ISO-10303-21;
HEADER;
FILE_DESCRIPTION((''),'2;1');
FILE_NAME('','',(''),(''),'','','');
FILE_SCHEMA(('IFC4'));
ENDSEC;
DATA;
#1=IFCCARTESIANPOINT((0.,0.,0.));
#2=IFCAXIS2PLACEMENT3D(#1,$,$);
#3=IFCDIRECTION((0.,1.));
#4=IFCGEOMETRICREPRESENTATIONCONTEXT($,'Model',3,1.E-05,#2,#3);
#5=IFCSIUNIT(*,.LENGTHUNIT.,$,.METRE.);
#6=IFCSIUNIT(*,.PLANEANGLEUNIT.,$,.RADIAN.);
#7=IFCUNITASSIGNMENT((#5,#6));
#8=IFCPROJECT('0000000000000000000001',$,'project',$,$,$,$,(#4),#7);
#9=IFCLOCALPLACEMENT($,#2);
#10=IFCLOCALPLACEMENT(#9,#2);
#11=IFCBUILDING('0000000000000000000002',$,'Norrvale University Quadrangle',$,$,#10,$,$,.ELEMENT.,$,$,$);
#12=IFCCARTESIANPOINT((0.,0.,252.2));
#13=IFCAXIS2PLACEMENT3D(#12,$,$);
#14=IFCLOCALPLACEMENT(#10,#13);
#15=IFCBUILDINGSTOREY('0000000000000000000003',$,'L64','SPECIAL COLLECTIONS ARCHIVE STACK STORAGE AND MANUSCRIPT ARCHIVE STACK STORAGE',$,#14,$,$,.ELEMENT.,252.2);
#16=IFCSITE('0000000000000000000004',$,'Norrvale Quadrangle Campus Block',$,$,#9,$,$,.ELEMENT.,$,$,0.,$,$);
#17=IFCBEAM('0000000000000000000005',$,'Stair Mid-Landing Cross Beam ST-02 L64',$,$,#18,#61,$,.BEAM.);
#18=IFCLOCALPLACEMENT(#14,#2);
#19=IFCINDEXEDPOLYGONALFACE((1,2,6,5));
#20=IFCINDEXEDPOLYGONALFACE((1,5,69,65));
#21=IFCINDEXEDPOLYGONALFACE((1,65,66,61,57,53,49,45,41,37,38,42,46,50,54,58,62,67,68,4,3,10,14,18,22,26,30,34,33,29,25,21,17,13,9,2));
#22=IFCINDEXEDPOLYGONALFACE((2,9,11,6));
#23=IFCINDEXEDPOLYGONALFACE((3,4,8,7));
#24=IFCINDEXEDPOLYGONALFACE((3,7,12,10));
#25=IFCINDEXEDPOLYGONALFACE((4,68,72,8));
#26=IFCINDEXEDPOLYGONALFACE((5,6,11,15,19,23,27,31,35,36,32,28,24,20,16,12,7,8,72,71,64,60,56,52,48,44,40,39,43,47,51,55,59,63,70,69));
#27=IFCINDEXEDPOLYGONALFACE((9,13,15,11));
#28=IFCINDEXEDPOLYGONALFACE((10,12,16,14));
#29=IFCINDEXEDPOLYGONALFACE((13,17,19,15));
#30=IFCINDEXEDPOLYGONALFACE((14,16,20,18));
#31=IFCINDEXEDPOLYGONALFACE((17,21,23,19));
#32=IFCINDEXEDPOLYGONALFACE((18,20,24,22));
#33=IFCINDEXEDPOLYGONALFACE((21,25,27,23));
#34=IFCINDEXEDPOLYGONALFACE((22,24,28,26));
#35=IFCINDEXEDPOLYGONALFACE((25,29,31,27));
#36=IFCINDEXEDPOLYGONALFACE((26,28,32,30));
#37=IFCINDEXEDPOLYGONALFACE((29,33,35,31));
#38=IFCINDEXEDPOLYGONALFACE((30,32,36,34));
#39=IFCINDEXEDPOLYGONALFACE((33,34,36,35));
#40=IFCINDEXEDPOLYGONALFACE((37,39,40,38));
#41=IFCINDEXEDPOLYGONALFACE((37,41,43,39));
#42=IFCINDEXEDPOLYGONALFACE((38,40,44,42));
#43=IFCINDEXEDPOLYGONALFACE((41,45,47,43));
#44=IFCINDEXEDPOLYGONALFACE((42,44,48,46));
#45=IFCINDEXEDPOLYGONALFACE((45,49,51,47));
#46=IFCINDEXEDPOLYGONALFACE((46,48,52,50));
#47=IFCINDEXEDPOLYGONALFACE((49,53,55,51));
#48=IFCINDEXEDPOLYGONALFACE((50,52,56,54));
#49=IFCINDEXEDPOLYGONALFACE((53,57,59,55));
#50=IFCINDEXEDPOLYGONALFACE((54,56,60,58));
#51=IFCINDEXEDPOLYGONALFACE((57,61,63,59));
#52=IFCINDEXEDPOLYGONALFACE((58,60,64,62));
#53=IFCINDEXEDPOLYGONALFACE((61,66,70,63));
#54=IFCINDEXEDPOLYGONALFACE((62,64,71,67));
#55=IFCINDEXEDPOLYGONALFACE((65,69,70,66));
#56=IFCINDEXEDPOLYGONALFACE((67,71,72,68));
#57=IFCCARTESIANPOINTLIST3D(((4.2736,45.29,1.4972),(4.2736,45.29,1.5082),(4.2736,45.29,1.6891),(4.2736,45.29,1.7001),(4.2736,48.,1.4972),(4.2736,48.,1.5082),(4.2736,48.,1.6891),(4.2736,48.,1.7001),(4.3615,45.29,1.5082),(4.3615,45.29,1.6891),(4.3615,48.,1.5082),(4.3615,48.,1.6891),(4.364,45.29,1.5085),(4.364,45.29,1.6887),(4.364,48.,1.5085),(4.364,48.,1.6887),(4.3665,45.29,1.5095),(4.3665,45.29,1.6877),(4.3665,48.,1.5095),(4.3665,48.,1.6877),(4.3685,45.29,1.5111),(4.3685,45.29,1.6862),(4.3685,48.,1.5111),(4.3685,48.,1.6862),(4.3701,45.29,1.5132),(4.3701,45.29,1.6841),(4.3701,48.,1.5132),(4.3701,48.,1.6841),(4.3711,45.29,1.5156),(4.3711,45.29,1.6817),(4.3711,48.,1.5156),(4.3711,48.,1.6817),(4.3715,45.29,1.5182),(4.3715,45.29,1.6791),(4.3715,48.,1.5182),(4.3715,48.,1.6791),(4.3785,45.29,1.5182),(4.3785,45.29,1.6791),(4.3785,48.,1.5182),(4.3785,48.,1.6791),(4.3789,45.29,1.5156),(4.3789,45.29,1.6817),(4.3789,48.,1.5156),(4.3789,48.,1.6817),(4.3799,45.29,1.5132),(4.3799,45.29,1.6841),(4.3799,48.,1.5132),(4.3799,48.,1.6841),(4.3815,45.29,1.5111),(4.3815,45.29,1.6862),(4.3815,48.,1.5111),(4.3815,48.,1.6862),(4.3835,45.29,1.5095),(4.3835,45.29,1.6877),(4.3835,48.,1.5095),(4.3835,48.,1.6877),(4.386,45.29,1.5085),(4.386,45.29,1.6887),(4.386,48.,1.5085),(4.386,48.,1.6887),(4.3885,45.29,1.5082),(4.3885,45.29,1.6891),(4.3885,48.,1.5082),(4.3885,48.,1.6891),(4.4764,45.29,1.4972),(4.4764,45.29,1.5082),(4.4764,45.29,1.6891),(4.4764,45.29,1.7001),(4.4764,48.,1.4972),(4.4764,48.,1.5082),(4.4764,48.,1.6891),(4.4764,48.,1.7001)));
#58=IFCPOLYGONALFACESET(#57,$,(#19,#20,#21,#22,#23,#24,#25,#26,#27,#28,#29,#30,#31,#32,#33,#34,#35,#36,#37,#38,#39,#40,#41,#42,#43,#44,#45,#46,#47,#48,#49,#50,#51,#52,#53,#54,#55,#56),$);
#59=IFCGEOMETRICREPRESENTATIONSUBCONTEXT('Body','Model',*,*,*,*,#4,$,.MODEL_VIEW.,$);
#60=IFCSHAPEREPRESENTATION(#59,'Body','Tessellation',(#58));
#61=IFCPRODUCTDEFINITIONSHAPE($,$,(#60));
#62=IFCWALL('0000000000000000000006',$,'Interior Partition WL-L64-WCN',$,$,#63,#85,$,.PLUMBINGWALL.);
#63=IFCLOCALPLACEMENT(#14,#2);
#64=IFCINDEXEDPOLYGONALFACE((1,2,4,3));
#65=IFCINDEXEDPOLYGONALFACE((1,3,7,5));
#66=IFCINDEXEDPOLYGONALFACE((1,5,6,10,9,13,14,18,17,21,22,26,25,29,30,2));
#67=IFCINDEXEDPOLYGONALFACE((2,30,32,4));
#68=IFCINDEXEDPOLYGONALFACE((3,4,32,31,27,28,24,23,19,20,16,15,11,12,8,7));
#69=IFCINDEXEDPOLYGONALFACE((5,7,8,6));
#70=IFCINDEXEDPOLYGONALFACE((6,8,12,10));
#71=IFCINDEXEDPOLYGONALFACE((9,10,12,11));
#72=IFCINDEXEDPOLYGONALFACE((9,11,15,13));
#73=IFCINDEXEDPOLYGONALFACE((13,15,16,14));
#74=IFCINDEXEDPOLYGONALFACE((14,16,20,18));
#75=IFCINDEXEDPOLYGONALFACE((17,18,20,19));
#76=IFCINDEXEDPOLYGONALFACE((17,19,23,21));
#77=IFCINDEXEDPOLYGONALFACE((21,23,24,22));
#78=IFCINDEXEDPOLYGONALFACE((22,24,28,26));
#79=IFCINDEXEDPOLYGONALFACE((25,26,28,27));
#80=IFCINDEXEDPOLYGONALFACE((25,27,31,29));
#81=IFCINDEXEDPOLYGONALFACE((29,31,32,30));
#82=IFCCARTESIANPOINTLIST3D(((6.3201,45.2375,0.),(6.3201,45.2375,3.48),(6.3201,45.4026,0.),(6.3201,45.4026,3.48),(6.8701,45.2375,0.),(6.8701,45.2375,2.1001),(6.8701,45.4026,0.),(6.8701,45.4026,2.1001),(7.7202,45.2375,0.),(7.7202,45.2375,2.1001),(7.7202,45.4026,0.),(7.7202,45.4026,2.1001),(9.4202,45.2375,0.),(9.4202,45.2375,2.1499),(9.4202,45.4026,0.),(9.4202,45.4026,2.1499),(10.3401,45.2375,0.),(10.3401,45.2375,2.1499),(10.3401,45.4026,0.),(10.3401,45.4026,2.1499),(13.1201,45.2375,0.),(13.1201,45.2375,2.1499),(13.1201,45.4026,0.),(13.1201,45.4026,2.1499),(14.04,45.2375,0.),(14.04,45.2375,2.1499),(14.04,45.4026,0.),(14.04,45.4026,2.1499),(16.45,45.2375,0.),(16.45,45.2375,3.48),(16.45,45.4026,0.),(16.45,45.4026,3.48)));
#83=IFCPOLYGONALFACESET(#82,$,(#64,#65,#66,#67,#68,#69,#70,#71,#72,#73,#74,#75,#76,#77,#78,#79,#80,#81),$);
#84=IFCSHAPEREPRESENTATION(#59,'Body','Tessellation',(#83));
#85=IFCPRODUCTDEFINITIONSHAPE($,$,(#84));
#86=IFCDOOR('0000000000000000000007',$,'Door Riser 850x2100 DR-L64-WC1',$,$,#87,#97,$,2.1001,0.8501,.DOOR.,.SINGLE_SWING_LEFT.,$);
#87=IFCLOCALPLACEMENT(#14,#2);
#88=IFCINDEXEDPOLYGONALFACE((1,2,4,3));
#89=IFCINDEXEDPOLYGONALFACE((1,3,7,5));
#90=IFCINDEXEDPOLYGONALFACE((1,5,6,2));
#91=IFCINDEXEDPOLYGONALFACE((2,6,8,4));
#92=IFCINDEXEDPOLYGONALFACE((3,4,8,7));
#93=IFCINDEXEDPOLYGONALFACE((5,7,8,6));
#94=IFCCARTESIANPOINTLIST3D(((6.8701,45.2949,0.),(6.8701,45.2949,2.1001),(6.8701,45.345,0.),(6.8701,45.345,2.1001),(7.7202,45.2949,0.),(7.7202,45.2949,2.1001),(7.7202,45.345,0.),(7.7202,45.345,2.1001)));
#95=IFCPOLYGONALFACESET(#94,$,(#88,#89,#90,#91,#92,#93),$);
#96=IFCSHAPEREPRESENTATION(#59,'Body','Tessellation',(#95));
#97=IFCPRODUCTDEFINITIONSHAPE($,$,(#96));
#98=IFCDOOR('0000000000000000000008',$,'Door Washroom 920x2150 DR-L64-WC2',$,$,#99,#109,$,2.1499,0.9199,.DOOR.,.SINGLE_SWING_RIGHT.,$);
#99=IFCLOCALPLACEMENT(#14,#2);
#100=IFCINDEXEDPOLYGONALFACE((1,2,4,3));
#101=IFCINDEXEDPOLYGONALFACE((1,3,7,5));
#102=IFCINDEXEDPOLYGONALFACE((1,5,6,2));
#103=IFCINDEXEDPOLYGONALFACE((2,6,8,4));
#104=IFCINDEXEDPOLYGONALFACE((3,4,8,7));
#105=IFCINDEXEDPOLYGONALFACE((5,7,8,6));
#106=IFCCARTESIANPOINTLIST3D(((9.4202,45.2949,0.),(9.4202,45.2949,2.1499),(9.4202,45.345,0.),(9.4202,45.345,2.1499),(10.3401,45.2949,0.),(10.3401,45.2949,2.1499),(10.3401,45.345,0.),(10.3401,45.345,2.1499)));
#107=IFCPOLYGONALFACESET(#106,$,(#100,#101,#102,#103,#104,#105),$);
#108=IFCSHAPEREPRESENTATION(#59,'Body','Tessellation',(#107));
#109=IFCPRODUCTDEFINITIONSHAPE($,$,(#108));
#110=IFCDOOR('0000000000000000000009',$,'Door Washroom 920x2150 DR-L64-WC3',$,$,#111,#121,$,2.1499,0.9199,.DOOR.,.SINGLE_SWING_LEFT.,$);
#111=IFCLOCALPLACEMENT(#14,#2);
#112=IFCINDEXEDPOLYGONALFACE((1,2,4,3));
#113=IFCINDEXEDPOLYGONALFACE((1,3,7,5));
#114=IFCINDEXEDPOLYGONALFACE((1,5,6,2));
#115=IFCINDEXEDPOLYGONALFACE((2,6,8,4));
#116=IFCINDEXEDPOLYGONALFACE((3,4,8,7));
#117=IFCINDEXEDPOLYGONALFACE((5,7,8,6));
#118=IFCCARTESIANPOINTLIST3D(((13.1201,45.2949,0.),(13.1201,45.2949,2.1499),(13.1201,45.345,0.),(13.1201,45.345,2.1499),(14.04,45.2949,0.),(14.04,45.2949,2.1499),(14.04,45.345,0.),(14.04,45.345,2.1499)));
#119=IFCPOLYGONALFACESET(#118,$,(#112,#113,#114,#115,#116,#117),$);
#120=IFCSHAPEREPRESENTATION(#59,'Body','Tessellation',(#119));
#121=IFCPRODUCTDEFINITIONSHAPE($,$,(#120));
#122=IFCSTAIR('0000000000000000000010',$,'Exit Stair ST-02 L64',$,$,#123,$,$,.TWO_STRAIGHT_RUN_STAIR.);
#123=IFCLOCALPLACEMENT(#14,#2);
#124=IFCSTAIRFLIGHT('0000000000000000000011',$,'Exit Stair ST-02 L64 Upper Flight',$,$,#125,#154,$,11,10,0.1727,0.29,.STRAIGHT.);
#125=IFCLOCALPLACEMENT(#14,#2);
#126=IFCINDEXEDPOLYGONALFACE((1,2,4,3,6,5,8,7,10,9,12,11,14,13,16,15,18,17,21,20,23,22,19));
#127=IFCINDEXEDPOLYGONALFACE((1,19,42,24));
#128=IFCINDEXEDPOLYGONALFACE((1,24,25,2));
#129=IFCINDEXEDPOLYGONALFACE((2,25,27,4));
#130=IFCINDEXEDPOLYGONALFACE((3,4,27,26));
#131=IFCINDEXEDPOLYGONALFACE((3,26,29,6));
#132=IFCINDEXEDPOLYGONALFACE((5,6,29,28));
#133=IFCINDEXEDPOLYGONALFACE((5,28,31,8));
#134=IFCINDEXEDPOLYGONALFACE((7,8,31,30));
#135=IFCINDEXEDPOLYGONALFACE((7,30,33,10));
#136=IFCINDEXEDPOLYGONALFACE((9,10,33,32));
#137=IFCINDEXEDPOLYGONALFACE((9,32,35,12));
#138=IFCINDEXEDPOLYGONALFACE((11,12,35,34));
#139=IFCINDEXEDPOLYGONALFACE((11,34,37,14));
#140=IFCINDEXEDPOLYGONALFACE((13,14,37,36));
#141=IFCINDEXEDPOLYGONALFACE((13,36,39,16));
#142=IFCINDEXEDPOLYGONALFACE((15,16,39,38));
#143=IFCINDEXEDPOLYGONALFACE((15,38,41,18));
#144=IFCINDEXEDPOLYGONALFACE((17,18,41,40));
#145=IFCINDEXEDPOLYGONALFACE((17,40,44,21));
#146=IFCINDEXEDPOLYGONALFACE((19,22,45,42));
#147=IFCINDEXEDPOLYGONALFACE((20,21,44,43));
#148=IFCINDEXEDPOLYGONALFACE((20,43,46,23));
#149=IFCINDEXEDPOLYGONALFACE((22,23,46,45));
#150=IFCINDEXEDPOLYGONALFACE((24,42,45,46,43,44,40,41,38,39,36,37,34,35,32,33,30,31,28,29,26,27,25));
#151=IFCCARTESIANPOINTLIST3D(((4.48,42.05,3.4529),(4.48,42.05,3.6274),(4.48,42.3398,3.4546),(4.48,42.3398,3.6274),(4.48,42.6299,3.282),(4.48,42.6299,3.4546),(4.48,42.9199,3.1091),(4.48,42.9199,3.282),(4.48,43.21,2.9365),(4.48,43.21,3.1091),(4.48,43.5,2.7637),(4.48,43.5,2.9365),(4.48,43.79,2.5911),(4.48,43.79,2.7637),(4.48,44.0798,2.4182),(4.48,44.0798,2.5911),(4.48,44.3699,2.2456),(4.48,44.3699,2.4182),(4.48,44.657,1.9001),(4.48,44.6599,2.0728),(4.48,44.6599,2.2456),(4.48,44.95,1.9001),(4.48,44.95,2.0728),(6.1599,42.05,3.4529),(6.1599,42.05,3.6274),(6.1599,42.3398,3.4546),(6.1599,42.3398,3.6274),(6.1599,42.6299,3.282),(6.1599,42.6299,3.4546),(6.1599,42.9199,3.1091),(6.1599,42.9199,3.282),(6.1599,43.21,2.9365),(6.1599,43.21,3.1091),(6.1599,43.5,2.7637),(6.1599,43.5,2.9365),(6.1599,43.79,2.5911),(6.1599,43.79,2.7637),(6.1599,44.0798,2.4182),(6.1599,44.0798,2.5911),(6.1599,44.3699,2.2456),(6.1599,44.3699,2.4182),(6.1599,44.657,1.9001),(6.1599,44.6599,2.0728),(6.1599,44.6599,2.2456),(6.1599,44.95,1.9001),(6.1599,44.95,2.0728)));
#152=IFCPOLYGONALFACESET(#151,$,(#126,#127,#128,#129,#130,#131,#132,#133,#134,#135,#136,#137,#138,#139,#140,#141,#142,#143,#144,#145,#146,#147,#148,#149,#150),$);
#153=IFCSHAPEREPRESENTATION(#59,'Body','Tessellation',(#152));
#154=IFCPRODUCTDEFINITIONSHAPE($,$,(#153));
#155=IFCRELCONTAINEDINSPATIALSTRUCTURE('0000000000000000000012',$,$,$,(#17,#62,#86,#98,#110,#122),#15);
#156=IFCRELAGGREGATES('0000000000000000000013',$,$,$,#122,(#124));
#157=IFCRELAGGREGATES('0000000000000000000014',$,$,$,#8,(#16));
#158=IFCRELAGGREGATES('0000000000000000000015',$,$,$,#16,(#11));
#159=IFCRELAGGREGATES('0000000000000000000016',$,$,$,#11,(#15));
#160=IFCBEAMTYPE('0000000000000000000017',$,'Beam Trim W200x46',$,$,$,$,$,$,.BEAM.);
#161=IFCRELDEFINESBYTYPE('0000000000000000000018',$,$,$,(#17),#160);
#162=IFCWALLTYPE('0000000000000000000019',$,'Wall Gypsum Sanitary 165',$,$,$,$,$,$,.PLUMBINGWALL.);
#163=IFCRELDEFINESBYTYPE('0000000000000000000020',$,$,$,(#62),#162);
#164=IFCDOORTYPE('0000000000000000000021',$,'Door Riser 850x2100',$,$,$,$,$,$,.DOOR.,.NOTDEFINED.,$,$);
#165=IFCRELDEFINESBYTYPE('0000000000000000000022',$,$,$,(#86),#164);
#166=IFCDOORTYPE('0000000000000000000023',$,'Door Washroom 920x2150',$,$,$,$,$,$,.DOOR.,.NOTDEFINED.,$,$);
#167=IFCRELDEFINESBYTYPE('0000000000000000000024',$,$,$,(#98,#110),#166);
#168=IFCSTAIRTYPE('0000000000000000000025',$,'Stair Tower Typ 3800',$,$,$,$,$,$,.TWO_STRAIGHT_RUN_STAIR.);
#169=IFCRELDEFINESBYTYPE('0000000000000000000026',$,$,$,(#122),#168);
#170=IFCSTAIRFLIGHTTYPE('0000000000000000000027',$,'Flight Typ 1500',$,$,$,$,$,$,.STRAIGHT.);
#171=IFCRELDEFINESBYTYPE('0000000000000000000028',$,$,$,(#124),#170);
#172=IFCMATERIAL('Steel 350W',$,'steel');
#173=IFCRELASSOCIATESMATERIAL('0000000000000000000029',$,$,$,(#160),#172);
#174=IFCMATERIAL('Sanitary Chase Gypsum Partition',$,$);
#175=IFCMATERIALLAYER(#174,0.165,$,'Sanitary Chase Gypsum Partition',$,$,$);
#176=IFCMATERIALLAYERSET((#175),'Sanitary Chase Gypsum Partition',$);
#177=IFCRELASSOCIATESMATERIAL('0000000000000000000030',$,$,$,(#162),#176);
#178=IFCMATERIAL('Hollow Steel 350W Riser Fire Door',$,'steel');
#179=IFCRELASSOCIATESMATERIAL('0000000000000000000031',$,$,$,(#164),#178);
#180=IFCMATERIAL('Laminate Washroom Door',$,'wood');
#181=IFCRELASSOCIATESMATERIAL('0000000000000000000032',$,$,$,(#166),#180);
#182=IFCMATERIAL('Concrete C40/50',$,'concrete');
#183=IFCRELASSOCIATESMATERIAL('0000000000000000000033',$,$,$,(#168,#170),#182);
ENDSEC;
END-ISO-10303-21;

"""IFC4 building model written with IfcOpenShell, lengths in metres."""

from ifc_helpers import new_model, si_unit, direction, frame, frame_2d, origin, origin_2d, place, context, subcontext, project, spatial, polyline, rectangle, i_section, outline, extrude, material, layer, layer_set, material_profile, profile_set, type_object, element, fill, aggregate, save


model = new_model("IFC4")

# Units and contexts
model_context = context("Model", 3, precision=1e-05, world=origin(), true_north=direction((0.0, 1.0)))
body_context = subcontext(model_context, "Body", "Model", "MODEL_VIEW")
ifc_project = project(units=[si_unit("LENGTHUNIT", "METRE"), si_unit("PLANEANGLEUNIT", "RADIAN")], contexts=[model_context])

# Site, building, storey
site_placement = place(None, origin())
site = spatial("IfcSite", under=ifc_project, at=site_placement, Name="Norrvale Quadrangle Campus Block", CompositionType="ELEMENT", RefElevation=0.0)
building_placement = place(site_placement, origin())
building = spatial("IfcBuilding", under=site, at=building_placement, Name="Norrvale University Quadrangle", CompositionType="ELEMENT")
storey_placement = place(building_placement, frame((0.0, 0.0, 252.2)))
storey = spatial("IfcBuildingStorey", under=building, at=storey_placement, Name="L64", Description="SPECIAL COLLECTIONS ARCHIVE STACK STORAGE AND MANUSCRIPT ARCHIVE STACK STORAGE", CompositionType="ELEMENT", Elevation=252.2)

# Beam
ifc_material_1 = material(Name="Steel 350W", Category="steel")
ifc_material_profile_1 = material_profile(ifc_material_1, i_section(OverallWidth=0.2029, OverallDepth=0.2029, WebThickness=0.0071, FlangeThickness=0.011, FilletRadius=0.01, at=origin_2d()), Name="Steel 350W")
ifc_profile_set_1 = profile_set([ifc_material_profile_1], Name="Steel 350W")
beam_type_1 = type_object("IfcBeamType", Name="Beam Trim W200x46", PredefinedType="BEAM", material=ifc_profile_set_1)
beam_1_placement = place(storey_placement, frame((4.375, 45.29, 1.5986), z_axis=(0.0, 1.0, 0.0), x_axis=(-1.0, 0.0, 0.0)))
element("IfcBeam", 1, at=beam_1_placement, inside=storey, type_object=beam_type_1, Name="Stair Mid-Landing Cross Beam ST-02 L64", PredefinedType="BEAM", context=body_context, shape_type="SweptSolid", body=[
    extrude(i_section(OverallWidth=0.2029, OverallDepth=0.2029, WebThickness=0.0071, FlangeThickness=0.011, FilletRadius=0.01, at=origin_2d()), origin(), (0.0, 0.0, 1.0), 2.71),
])

# Wall, openings, doors
ifc_material_2 = material(Name="Sanitary Chase Gypsum Partition")
ifc_layer = layer(ifc_material_2, 0.165, Name="Sanitary Chase Gypsum Partition")
ifc_layer_set = layer_set([ifc_layer], Name="Sanitary Chase Gypsum Partition")
wall_type = type_object("IfcWallType", Name="Wall Gypsum Sanitary 165", PredefinedType="PLUMBINGWALL", material=ifc_layer_set)
wall_placement = place(storey_placement, frame((6.3201, 45.3201, 0.0), z_axis=(0.0, 0.0, 1.0), x_axis=(1.0, 0.0, 0.0)))
wall = element("IfcWall", 2, at=wall_placement, inside=storey, type_object=wall_type, Name="Interior Partition WL-L64-WCN", PredefinedType="PLUMBINGWALL", context=body_context, shape_type="SweptSolid", body=[
    extrude(rectangle(XDim=10.1299, YDim=0.165, at=frame_2d((5.0649, 0.0))), origin(), (0.0, 0.0, 1.0), 3.48),
])
opening_1_placement = place(wall_placement, frame((0.55, 0.0, 0.0)))
opening_1 = element("IfcOpeningElement", 3, at=opening_1_placement, cuts=wall, PredefinedType="OPENING", context=body_context, shape_type="SweptSolid", body=[
    extrude(rectangle(XDim=0.8501, YDim=2.1001, at=frame_2d((0.425, 1.05))), frame((0.0, 0.0945, 0.0), z_axis=(0.0, -1.0, 0.0), x_axis=(1.0, 0.0, 0.0)), (0.0, 0.0, 1.0), 0.189),
])
opening_2_placement = place(wall_placement, frame((3.1001, 0.0, 0.0)))
opening_2 = element("IfcOpeningElement", 4, at=opening_2_placement, cuts=wall, PredefinedType="OPENING", context=body_context, shape_type="SweptSolid", body=[
    extrude(rectangle(XDim=0.9199, YDim=2.1499, at=frame_2d((0.46, 1.075))), frame((0.0, 0.0945, 0.0), z_axis=(0.0, -1.0, 0.0), x_axis=(1.0, 0.0, 0.0)), (0.0, 0.0, 1.0), 0.189),
])
opening_3_placement = place(wall_placement, frame((6.8, 0.0, 0.0)))
opening_3 = element("IfcOpeningElement", 5, at=opening_3_placement, cuts=wall, PredefinedType="OPENING", context=body_context, shape_type="SweptSolid", body=[
    extrude(rectangle(XDim=0.9199, YDim=2.1499, at=frame_2d((0.46, 1.075))), frame((0.0, 0.0945, 0.0), z_axis=(0.0, -1.0, 0.0), x_axis=(1.0, 0.0, 0.0)), (0.0, 0.0, 1.0), 0.189),
])
ifc_material_3 = material(Name="Hollow Steel 350W Riser Fire Door", Category="steel")
door_type_1 = type_object("IfcDoorType", Name="Door Riser 850x2100", OperationType="NOTDEFINED", PredefinedType="DOOR", material=ifc_material_3)
door_1_placement = place(opening_1_placement, origin())
door_1 = element("IfcDoor", 6, at=door_1_placement, inside=storey, type_object=door_type_1, Name="Door Riser 850x2100 DR-L64-WC1", OperationType="SINGLE_SWING_LEFT", OverallHeight=2.1001, OverallWidth=0.8501, PredefinedType="DOOR", context=body_context, shape_type="SweptSolid", body=[
    extrude(rectangle(XDim=0.8501, YDim=2.1001, at=frame_2d((0.425, 1.05))), frame((0.0, 0.0249, 0.0), z_axis=(0.0, -1.0, 0.0), x_axis=(1.0, 0.0, 0.0)), (0.0, 0.0, 1.0), 0.05),
])
fill(opening_1, door_1)
ifc_material_4 = material(Name="Laminate Washroom Door", Category="wood")
door_type_2 = type_object("IfcDoorType", Name="Door Washroom 920x2150", OperationType="NOTDEFINED", PredefinedType="DOOR", material=ifc_material_4)
door_2_placement = place(opening_2_placement, origin())
door_2 = element("IfcDoor", 7, at=door_2_placement, inside=storey, type_object=door_type_2, Name="Door Washroom 920x2150 DR-L64-WC2", OperationType="SINGLE_SWING_RIGHT", OverallHeight=2.1499, OverallWidth=0.9199, PredefinedType="DOOR", context=body_context, shape_type="SweptSolid", body=[
    extrude(rectangle(XDim=0.9199, YDim=2.1499, at=frame_2d((0.46, 1.075))), frame((0.0, 0.0249, 0.0), z_axis=(0.0, -1.0, 0.0), x_axis=(1.0, 0.0, 0.0)), (0.0, 0.0, 1.0), 0.05),
])
fill(opening_2, door_2)
door_3_placement = place(opening_3_placement, origin())
door_3 = element("IfcDoor", 8, at=door_3_placement, inside=storey, type_object=door_type_2, Name="Door Washroom 920x2150 DR-L64-WC3", OperationType="SINGLE_SWING_LEFT", OverallHeight=2.1499, OverallWidth=0.9199, PredefinedType="DOOR", context=body_context, shape_type="SweptSolid", body=[
    extrude(rectangle(XDim=0.9199, YDim=2.1499, at=frame_2d((0.46, 1.075))), frame((0.0, 0.0249, 0.0), z_axis=(0.0, -1.0, 0.0), x_axis=(1.0, 0.0, 0.0)), (0.0, 0.0, 1.0), 0.05),
])
fill(opening_3, door_3)

# Stair, stair flight
ifc_material_5 = material(Name="Concrete C40/50", Category="concrete")
stair_type = type_object("IfcStairType", Name="Stair Tower Typ 3800", PredefinedType="TWO_STRAIGHT_RUN_STAIR", material=ifc_material_5)
stair_placement = place(storey_placement, origin())
stair = element("IfcStair", 9, at=stair_placement, inside=storey, type_object=stair_type, Name="Exit Stair ST-02 L64", PredefinedType="TWO_STRAIGHT_RUN_STAIR")
stair_flight_type = type_object("IfcStairFlightType", Name="Flight Typ 1500", PredefinedType="STRAIGHT", material=ifc_material_5)
stair_flight_placement = place(storey_placement, frame((5.3201, 44.95, 1.9001), z_axis=(0.0, 0.0, 1.0), x_axis=(0.0, -1.0, 0.0)))
stair_flight = element("IfcStairFlight", 10, at=stair_flight_placement, type_object=stair_flight_type, Name="Exit Stair ST-02 L64 Upper Flight", NumberOfRisers=11, NumberOfTreads=10, PredefinedType="STRAIGHT", RiserHeight=0.1727, TreadLength=0.29, context=body_context, shape_type="SweptSolid", body=[
    extrude(outline(polyline([(0.0, 0.0), (0.0, 0.1726), (0.29, 0.1726), (0.29, 0.3455), (0.5801, 0.3455), (0.5801, 0.5181), (0.8701, 0.5181), (0.8701, 0.6909), (1.1599, 0.6909), (1.1599, 0.8635), (1.45, 0.8635), (1.45, 1.0364), (1.74, 1.0364), (1.74, 1.209), (2.03, 1.209), (2.03, 1.3818), (2.3201, 1.3818), (2.3201, 1.5544), (2.6101, 1.5544), (2.6101, 1.7273), (2.8999, 1.7273), (2.8999, 1.8999), (2.8999, 1.5527), (0.293, 0.0), (0.0, 0.0)])), frame((0.0, 0.8398, 0.0), z_axis=(0.0, -1.0, 0.0), x_axis=(1.0, 0.0, 0.0)), (0.0, 0.0, 1.0), 1.6799),
])
aggregate(stair, [stair_flight])

save(model, "model.ifc")
